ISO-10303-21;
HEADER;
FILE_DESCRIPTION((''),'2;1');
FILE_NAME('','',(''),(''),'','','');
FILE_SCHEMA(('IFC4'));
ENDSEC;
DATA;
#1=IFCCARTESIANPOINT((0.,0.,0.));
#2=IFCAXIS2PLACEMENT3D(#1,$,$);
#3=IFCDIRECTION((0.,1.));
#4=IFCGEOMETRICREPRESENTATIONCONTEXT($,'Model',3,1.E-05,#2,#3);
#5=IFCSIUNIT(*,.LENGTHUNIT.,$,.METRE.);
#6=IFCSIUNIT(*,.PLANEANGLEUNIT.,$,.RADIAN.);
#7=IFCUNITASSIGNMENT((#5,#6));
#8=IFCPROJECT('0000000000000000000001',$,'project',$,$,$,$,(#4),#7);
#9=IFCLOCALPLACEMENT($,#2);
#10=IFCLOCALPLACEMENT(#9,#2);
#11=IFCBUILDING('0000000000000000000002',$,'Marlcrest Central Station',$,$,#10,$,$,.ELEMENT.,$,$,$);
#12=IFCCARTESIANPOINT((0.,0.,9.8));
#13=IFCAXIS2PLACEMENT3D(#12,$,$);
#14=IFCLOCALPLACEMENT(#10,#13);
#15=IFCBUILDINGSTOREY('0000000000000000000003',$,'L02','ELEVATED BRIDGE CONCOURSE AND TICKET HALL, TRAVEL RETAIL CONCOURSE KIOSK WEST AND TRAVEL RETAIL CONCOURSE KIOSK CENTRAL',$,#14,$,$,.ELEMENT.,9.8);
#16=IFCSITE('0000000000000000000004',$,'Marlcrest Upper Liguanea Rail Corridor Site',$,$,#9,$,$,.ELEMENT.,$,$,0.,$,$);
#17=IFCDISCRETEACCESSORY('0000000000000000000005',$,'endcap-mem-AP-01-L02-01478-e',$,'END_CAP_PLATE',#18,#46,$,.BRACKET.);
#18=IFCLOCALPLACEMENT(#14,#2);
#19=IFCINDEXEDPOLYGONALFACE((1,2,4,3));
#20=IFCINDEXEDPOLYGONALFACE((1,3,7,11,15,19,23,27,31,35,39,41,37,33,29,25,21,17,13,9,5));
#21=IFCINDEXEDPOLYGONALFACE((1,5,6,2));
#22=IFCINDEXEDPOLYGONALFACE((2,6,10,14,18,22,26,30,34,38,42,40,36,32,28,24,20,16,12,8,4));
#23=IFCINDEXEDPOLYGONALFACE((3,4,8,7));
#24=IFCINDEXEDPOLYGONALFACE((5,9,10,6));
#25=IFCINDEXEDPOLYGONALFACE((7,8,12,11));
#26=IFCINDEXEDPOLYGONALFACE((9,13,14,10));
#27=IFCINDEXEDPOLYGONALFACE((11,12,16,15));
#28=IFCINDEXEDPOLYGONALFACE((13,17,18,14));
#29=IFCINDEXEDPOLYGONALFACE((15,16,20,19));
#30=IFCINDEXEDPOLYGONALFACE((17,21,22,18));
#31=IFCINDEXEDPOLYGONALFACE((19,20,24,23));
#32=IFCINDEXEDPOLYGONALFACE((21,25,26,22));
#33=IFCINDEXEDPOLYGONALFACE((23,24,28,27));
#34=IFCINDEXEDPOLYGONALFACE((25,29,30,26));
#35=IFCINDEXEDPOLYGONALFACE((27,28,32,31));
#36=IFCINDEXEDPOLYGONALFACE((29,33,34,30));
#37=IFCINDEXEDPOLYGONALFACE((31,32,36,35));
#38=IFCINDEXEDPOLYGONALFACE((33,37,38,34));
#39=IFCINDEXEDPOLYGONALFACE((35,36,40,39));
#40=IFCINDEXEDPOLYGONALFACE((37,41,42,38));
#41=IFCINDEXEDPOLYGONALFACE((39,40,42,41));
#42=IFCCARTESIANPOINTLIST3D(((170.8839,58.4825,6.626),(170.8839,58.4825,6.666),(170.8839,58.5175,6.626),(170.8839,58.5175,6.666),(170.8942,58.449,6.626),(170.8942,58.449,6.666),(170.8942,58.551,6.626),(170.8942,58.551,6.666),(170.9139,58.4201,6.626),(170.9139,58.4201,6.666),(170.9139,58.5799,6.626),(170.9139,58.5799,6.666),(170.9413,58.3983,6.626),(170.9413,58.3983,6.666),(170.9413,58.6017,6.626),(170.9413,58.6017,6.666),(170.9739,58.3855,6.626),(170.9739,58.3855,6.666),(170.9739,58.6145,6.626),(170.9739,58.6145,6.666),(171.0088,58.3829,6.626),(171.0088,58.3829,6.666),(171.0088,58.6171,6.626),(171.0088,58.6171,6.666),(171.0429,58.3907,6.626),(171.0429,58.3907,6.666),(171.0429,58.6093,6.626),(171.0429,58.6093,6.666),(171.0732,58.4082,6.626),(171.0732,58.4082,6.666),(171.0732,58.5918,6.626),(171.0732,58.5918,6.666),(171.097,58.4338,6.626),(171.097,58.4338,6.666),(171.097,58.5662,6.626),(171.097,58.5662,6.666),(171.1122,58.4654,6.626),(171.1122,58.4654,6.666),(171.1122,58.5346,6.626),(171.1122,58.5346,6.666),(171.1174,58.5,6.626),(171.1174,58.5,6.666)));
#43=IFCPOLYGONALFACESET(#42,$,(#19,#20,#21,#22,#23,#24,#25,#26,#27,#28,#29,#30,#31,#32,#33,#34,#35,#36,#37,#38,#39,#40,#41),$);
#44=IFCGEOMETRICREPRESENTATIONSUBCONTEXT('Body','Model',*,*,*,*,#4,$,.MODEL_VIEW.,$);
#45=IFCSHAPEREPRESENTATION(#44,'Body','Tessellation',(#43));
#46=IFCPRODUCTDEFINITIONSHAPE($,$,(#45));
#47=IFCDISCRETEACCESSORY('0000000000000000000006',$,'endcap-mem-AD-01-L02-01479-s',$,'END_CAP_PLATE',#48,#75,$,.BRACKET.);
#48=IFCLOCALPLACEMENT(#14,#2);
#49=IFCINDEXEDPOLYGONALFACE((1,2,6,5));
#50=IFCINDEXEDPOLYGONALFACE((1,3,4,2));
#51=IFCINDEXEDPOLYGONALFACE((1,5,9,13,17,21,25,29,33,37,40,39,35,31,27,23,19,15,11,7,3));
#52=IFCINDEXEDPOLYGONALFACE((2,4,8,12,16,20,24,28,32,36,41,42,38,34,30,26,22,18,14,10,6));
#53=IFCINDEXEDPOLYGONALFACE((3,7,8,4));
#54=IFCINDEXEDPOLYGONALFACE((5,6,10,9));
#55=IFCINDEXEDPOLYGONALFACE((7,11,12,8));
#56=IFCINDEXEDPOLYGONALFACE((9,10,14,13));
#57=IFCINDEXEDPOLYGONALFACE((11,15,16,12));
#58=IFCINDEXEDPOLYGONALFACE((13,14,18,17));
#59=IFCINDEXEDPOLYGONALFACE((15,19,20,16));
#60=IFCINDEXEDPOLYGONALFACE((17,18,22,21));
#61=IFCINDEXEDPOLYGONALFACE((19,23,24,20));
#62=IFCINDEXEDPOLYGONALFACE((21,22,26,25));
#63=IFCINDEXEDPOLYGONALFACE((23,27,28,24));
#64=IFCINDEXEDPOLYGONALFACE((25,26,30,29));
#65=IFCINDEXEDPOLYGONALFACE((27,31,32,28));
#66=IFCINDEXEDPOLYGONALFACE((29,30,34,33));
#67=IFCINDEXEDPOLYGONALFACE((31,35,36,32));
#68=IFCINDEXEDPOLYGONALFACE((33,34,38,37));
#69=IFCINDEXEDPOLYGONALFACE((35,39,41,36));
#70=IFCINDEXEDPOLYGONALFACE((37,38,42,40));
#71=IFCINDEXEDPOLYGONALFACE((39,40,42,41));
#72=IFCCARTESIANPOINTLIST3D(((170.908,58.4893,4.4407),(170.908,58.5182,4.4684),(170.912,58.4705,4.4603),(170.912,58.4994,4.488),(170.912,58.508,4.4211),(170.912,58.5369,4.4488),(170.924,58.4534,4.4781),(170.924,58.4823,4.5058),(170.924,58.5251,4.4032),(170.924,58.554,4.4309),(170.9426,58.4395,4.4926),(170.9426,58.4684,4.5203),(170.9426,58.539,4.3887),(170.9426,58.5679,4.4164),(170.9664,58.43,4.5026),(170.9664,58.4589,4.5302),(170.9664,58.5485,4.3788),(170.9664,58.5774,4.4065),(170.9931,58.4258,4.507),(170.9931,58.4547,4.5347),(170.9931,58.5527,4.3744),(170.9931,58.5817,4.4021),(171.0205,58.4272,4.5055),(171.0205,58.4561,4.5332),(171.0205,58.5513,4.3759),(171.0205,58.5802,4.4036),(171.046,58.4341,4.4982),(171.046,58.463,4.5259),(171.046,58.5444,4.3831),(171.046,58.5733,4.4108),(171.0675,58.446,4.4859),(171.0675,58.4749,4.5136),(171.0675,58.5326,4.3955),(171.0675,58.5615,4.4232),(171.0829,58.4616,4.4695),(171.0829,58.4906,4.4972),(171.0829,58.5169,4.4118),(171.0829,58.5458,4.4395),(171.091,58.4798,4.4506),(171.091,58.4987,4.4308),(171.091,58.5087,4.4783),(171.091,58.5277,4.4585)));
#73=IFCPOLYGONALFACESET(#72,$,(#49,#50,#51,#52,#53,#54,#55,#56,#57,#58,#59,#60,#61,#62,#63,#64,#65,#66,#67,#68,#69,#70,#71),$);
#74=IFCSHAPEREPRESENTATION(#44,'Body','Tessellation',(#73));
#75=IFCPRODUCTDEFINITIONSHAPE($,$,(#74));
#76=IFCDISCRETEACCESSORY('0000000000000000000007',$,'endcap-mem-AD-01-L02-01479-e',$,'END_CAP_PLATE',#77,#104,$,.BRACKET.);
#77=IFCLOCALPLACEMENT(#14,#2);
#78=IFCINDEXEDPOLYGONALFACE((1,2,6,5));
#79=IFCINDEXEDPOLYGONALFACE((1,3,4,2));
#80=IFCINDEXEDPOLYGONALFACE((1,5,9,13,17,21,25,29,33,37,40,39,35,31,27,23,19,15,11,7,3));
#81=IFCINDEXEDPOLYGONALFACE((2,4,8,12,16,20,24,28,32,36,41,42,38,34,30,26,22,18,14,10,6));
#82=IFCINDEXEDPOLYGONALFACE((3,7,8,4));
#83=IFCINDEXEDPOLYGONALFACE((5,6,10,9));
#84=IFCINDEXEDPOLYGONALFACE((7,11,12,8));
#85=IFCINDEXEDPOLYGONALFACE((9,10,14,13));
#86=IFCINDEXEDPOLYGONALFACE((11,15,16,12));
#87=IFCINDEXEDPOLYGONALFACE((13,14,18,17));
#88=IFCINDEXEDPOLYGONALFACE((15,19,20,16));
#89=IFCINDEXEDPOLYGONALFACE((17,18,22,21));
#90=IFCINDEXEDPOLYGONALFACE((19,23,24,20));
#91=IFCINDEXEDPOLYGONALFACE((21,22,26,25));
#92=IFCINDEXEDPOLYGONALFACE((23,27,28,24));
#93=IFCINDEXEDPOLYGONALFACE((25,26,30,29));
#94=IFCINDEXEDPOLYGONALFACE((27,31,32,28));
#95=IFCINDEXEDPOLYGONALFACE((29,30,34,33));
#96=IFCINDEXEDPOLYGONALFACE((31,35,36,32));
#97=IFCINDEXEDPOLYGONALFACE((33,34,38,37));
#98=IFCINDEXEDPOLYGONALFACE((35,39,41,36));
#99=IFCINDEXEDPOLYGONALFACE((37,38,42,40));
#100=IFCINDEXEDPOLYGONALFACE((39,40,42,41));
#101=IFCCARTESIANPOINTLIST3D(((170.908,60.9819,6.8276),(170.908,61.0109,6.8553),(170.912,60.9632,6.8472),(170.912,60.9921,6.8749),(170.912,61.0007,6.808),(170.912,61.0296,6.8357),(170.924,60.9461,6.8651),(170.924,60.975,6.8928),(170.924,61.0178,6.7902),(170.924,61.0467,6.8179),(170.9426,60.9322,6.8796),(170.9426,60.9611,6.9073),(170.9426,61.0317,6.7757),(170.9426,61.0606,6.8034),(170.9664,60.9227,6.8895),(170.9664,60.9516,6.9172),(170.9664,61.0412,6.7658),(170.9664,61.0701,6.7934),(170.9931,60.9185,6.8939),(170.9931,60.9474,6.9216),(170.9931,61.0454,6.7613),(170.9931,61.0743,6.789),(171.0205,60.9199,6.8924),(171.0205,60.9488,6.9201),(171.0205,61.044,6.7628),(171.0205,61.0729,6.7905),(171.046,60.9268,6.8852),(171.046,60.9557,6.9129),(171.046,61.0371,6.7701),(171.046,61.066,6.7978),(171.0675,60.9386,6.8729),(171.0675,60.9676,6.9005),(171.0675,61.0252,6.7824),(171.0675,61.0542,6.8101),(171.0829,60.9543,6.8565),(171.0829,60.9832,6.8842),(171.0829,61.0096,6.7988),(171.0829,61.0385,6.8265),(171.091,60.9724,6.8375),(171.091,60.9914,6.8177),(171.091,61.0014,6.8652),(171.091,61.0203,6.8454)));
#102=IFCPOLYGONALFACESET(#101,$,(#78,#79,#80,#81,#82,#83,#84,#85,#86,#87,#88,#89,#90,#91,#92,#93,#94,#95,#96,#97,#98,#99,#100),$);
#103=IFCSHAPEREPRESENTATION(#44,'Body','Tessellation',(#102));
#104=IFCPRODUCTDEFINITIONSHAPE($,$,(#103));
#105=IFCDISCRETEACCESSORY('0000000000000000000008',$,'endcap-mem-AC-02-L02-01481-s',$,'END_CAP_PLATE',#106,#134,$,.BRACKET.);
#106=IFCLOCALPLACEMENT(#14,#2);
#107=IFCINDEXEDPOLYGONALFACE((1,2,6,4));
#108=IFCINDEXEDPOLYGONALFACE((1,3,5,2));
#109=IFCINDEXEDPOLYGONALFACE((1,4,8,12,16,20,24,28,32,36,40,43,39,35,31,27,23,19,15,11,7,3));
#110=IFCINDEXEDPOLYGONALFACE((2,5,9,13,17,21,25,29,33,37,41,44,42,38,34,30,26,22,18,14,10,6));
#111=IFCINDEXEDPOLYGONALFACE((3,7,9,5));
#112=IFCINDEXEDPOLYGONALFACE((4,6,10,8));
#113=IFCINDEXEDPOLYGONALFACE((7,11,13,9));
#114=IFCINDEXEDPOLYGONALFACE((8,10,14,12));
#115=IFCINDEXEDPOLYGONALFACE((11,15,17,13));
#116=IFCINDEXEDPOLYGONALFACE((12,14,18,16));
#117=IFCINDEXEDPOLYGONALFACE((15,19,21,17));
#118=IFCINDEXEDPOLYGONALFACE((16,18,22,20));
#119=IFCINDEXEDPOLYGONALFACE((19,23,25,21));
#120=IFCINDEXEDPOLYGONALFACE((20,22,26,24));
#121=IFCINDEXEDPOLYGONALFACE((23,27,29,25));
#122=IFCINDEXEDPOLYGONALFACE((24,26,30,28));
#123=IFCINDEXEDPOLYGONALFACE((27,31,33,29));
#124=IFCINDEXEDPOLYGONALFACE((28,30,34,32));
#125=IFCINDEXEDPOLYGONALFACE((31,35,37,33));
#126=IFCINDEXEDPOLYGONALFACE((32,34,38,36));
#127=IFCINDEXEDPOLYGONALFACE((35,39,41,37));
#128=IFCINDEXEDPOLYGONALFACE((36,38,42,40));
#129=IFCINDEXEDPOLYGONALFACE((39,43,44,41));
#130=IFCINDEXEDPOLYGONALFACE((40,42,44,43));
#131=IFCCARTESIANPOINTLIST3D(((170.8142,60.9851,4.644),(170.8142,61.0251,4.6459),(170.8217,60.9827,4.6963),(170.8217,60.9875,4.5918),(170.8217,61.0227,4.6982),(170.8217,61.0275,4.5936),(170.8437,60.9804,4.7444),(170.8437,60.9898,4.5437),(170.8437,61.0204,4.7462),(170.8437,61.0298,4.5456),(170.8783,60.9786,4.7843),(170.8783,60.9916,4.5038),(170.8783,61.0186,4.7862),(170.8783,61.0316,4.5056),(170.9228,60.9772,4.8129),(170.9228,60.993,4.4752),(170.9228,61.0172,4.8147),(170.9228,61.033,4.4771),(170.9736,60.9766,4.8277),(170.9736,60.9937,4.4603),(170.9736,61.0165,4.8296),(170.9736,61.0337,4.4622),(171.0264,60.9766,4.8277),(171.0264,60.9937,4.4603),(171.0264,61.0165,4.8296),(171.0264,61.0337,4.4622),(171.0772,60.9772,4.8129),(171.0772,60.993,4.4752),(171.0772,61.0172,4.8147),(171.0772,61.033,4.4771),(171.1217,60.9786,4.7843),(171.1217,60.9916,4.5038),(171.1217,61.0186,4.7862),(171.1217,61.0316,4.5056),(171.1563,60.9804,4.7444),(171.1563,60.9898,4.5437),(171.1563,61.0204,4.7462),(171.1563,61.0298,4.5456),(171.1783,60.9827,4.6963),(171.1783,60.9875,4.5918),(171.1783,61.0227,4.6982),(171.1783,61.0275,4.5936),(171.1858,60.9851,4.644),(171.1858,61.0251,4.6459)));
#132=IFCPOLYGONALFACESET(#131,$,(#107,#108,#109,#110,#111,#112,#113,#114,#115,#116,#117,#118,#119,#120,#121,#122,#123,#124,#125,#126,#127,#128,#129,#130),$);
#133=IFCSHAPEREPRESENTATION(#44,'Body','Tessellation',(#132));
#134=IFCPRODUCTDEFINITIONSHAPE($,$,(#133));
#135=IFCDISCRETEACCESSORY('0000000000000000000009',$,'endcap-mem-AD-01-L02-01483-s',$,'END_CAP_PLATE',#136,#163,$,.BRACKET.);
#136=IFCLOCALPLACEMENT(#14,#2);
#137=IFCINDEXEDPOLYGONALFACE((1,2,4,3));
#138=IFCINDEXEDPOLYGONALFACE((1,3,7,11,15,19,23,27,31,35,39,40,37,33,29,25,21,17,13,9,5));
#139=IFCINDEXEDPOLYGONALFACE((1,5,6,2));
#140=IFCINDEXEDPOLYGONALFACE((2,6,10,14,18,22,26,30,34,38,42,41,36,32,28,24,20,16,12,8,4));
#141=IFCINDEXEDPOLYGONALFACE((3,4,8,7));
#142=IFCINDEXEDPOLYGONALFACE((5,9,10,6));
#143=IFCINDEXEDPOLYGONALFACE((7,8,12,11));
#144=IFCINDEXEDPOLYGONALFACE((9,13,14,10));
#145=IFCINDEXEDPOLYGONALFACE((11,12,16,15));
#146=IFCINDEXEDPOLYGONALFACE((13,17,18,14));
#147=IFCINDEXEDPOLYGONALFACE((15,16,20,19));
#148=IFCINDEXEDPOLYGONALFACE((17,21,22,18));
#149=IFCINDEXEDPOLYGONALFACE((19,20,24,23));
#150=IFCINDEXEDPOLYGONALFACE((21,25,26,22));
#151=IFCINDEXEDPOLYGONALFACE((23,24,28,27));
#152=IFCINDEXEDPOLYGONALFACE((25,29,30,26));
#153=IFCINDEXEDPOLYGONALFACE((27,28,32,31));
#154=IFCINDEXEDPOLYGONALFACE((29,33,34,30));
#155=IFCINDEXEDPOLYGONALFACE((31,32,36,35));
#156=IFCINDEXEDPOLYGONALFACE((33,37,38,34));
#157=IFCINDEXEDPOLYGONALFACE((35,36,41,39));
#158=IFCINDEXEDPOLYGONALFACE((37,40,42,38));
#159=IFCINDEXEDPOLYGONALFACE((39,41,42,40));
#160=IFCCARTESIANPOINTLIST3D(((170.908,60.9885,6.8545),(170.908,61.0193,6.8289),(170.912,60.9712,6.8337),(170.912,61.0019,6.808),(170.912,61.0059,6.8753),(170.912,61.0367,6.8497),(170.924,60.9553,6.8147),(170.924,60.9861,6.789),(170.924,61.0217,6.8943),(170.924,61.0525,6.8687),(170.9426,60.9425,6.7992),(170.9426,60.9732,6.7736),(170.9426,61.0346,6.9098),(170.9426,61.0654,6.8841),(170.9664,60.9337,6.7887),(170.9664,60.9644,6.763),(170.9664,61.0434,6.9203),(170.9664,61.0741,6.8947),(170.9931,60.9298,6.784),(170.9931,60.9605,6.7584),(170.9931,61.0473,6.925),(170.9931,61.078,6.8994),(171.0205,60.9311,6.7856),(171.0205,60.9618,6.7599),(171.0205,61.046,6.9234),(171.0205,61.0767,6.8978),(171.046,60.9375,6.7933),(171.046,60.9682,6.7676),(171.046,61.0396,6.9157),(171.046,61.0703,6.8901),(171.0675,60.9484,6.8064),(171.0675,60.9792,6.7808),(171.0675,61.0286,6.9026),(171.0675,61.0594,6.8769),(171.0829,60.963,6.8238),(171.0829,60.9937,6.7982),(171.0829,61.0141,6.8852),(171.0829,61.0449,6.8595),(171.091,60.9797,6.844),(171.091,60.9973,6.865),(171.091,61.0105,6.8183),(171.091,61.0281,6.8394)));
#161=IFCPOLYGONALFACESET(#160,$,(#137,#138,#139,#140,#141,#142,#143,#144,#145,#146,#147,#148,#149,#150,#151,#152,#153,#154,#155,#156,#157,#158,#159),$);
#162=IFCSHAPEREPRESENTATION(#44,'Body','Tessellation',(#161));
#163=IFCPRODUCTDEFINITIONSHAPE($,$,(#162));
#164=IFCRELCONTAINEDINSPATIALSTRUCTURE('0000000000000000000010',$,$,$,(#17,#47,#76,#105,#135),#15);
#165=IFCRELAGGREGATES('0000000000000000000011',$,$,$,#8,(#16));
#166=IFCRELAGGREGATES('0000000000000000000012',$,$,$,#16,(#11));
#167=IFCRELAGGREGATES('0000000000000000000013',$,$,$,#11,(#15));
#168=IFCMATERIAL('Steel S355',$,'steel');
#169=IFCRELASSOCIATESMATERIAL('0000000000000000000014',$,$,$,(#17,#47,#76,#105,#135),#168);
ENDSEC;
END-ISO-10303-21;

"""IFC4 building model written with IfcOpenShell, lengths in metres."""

from ifc_helpers import new_model, si_unit, direction, frame, origin, origin_2d, place, context, subcontext, project, spatial, circle, extrude, material, element, save


model = new_model("IFC4")

# Units and contexts
model_context = context("Model", 3, precision=1e-05, world=origin(), true_north=direction((0.0, 1.0)))
body_context = subcontext(model_context, "Body", "Model", "MODEL_VIEW")
ifc_project = project(units=[si_unit("LENGTHUNIT", "METRE"), si_unit("PLANEANGLEUNIT", "RADIAN")], contexts=[model_context])

# Site, building, storey
site_placement = place(None, origin())
site = spatial("IfcSite", under=ifc_project, at=site_placement, Name="Marlcrest Upper Liguanea Rail Corridor Site", CompositionType="ELEMENT", RefElevation=0.0)
building_placement = place(site_placement, origin())
building = spatial("IfcBuilding", under=site, at=building_placement, Name="Marlcrest Central Station", CompositionType="ELEMENT")
storey_placement = place(building_placement, frame((0.0, 0.0, 9.8)))
storey = spatial("IfcBuildingStorey", under=building, at=storey_placement, Name="L02", Description="ELEVATED BRIDGE CONCOURSE AND TICKET HALL, TRAVEL RETAIL CONCOURSE KIOSK WEST AND TRAVEL RETAIL CONCOURSE KIOSK CENTRAL", CompositionType="ELEMENT", Elevation=9.8)

# Shared definitions
ifc_material = material(Name="Steel S355", Category="steel")

# Discrete accessories
for number, where, z_axis, x_axis, name in (
    (1, (171.0, 58.5, 6.626), (0.0, 0.0, 1.0), (1.0, 0.0, 0.0), "endcap-mem-AP-01-L02-01478-e"),
):
    element("IfcDiscreteAccessory", number, at=place(storey_placement, frame(where, z_axis=z_axis, x_axis=x_axis)), inside=storey, material=ifc_material, Name=name, ObjectType="END_CAP_PLATE", PredefinedType="BRACKET", context=body_context, shape_type="SweptSolid", body=[
        extrude(circle(Radius=0.1174, at=origin_2d()), origin(), (0.0, 0.0, 1.0), 0.04),
    ])
for number, where, z_axis, x_axis, name in (
    (2, (171.0, 58.4893, 4.4407), (0.0, 0.722247, 0.691636), (-1.0, 0.0, 0.0), "endcap-mem-AD-01-L02-01479-s"),
    (3, (171.0, 60.9819, 6.8276), (0.0, 0.722247, 0.691636), (-1.0, 0.0, 0.0), "endcap-mem-AD-01-L02-01479-e"),
):
    element("IfcDiscreteAccessory", number, at=place(storey_placement, frame(where, z_axis=z_axis, x_axis=x_axis)), inside=storey, material=ifc_material, Name=name, ObjectType="END_CAP_PLATE", PredefinedType="BRACKET", context=body_context, shape_type="SweptSolid", body=[
        extrude(circle(Radius=0.092, at=origin_2d()), origin(), (0.0, 0.0, 1.0), 0.04),
    ])
discrete_accessory_1_placement = place(storey_placement, frame((171.0, 60.9851, 4.644), z_axis=(0.0, 0.998917, 0.046532), x_axis=(-1.0, 0.0, 0.0)))
element("IfcDiscreteAccessory", 4, at=discrete_accessory_1_placement, inside=storey, material=ifc_material, Name="endcap-mem-AC-02-L02-01481-s", ObjectType="END_CAP_PLATE", PredefinedType="BRACKET", context=body_context, shape_type="SweptSolid", body=[
    extrude(circle(Radius=0.1858, at=origin_2d()), origin(), (0.0, 0.0, 1.0), 0.04),
])
discrete_accessory_2_placement = place(storey_placement, frame((171.0, 60.9885, 6.8545), z_axis=(0.0, 0.76816, -0.640258), x_axis=(-1.0, 0.0, 0.0)))
element("IfcDiscreteAccessory", 5, at=discrete_accessory_2_placement, inside=storey, material=ifc_material, Name="endcap-mem-AD-01-L02-01483-s", ObjectType="END_CAP_PLATE", PredefinedType="BRACKET", context=body_context, shape_type="SweptSolid", body=[
    extrude(circle(Radius=0.092, at=origin_2d()), origin(), (0.0, 0.0, 1.0), 0.04),
])

save(model, "model.ifc")
